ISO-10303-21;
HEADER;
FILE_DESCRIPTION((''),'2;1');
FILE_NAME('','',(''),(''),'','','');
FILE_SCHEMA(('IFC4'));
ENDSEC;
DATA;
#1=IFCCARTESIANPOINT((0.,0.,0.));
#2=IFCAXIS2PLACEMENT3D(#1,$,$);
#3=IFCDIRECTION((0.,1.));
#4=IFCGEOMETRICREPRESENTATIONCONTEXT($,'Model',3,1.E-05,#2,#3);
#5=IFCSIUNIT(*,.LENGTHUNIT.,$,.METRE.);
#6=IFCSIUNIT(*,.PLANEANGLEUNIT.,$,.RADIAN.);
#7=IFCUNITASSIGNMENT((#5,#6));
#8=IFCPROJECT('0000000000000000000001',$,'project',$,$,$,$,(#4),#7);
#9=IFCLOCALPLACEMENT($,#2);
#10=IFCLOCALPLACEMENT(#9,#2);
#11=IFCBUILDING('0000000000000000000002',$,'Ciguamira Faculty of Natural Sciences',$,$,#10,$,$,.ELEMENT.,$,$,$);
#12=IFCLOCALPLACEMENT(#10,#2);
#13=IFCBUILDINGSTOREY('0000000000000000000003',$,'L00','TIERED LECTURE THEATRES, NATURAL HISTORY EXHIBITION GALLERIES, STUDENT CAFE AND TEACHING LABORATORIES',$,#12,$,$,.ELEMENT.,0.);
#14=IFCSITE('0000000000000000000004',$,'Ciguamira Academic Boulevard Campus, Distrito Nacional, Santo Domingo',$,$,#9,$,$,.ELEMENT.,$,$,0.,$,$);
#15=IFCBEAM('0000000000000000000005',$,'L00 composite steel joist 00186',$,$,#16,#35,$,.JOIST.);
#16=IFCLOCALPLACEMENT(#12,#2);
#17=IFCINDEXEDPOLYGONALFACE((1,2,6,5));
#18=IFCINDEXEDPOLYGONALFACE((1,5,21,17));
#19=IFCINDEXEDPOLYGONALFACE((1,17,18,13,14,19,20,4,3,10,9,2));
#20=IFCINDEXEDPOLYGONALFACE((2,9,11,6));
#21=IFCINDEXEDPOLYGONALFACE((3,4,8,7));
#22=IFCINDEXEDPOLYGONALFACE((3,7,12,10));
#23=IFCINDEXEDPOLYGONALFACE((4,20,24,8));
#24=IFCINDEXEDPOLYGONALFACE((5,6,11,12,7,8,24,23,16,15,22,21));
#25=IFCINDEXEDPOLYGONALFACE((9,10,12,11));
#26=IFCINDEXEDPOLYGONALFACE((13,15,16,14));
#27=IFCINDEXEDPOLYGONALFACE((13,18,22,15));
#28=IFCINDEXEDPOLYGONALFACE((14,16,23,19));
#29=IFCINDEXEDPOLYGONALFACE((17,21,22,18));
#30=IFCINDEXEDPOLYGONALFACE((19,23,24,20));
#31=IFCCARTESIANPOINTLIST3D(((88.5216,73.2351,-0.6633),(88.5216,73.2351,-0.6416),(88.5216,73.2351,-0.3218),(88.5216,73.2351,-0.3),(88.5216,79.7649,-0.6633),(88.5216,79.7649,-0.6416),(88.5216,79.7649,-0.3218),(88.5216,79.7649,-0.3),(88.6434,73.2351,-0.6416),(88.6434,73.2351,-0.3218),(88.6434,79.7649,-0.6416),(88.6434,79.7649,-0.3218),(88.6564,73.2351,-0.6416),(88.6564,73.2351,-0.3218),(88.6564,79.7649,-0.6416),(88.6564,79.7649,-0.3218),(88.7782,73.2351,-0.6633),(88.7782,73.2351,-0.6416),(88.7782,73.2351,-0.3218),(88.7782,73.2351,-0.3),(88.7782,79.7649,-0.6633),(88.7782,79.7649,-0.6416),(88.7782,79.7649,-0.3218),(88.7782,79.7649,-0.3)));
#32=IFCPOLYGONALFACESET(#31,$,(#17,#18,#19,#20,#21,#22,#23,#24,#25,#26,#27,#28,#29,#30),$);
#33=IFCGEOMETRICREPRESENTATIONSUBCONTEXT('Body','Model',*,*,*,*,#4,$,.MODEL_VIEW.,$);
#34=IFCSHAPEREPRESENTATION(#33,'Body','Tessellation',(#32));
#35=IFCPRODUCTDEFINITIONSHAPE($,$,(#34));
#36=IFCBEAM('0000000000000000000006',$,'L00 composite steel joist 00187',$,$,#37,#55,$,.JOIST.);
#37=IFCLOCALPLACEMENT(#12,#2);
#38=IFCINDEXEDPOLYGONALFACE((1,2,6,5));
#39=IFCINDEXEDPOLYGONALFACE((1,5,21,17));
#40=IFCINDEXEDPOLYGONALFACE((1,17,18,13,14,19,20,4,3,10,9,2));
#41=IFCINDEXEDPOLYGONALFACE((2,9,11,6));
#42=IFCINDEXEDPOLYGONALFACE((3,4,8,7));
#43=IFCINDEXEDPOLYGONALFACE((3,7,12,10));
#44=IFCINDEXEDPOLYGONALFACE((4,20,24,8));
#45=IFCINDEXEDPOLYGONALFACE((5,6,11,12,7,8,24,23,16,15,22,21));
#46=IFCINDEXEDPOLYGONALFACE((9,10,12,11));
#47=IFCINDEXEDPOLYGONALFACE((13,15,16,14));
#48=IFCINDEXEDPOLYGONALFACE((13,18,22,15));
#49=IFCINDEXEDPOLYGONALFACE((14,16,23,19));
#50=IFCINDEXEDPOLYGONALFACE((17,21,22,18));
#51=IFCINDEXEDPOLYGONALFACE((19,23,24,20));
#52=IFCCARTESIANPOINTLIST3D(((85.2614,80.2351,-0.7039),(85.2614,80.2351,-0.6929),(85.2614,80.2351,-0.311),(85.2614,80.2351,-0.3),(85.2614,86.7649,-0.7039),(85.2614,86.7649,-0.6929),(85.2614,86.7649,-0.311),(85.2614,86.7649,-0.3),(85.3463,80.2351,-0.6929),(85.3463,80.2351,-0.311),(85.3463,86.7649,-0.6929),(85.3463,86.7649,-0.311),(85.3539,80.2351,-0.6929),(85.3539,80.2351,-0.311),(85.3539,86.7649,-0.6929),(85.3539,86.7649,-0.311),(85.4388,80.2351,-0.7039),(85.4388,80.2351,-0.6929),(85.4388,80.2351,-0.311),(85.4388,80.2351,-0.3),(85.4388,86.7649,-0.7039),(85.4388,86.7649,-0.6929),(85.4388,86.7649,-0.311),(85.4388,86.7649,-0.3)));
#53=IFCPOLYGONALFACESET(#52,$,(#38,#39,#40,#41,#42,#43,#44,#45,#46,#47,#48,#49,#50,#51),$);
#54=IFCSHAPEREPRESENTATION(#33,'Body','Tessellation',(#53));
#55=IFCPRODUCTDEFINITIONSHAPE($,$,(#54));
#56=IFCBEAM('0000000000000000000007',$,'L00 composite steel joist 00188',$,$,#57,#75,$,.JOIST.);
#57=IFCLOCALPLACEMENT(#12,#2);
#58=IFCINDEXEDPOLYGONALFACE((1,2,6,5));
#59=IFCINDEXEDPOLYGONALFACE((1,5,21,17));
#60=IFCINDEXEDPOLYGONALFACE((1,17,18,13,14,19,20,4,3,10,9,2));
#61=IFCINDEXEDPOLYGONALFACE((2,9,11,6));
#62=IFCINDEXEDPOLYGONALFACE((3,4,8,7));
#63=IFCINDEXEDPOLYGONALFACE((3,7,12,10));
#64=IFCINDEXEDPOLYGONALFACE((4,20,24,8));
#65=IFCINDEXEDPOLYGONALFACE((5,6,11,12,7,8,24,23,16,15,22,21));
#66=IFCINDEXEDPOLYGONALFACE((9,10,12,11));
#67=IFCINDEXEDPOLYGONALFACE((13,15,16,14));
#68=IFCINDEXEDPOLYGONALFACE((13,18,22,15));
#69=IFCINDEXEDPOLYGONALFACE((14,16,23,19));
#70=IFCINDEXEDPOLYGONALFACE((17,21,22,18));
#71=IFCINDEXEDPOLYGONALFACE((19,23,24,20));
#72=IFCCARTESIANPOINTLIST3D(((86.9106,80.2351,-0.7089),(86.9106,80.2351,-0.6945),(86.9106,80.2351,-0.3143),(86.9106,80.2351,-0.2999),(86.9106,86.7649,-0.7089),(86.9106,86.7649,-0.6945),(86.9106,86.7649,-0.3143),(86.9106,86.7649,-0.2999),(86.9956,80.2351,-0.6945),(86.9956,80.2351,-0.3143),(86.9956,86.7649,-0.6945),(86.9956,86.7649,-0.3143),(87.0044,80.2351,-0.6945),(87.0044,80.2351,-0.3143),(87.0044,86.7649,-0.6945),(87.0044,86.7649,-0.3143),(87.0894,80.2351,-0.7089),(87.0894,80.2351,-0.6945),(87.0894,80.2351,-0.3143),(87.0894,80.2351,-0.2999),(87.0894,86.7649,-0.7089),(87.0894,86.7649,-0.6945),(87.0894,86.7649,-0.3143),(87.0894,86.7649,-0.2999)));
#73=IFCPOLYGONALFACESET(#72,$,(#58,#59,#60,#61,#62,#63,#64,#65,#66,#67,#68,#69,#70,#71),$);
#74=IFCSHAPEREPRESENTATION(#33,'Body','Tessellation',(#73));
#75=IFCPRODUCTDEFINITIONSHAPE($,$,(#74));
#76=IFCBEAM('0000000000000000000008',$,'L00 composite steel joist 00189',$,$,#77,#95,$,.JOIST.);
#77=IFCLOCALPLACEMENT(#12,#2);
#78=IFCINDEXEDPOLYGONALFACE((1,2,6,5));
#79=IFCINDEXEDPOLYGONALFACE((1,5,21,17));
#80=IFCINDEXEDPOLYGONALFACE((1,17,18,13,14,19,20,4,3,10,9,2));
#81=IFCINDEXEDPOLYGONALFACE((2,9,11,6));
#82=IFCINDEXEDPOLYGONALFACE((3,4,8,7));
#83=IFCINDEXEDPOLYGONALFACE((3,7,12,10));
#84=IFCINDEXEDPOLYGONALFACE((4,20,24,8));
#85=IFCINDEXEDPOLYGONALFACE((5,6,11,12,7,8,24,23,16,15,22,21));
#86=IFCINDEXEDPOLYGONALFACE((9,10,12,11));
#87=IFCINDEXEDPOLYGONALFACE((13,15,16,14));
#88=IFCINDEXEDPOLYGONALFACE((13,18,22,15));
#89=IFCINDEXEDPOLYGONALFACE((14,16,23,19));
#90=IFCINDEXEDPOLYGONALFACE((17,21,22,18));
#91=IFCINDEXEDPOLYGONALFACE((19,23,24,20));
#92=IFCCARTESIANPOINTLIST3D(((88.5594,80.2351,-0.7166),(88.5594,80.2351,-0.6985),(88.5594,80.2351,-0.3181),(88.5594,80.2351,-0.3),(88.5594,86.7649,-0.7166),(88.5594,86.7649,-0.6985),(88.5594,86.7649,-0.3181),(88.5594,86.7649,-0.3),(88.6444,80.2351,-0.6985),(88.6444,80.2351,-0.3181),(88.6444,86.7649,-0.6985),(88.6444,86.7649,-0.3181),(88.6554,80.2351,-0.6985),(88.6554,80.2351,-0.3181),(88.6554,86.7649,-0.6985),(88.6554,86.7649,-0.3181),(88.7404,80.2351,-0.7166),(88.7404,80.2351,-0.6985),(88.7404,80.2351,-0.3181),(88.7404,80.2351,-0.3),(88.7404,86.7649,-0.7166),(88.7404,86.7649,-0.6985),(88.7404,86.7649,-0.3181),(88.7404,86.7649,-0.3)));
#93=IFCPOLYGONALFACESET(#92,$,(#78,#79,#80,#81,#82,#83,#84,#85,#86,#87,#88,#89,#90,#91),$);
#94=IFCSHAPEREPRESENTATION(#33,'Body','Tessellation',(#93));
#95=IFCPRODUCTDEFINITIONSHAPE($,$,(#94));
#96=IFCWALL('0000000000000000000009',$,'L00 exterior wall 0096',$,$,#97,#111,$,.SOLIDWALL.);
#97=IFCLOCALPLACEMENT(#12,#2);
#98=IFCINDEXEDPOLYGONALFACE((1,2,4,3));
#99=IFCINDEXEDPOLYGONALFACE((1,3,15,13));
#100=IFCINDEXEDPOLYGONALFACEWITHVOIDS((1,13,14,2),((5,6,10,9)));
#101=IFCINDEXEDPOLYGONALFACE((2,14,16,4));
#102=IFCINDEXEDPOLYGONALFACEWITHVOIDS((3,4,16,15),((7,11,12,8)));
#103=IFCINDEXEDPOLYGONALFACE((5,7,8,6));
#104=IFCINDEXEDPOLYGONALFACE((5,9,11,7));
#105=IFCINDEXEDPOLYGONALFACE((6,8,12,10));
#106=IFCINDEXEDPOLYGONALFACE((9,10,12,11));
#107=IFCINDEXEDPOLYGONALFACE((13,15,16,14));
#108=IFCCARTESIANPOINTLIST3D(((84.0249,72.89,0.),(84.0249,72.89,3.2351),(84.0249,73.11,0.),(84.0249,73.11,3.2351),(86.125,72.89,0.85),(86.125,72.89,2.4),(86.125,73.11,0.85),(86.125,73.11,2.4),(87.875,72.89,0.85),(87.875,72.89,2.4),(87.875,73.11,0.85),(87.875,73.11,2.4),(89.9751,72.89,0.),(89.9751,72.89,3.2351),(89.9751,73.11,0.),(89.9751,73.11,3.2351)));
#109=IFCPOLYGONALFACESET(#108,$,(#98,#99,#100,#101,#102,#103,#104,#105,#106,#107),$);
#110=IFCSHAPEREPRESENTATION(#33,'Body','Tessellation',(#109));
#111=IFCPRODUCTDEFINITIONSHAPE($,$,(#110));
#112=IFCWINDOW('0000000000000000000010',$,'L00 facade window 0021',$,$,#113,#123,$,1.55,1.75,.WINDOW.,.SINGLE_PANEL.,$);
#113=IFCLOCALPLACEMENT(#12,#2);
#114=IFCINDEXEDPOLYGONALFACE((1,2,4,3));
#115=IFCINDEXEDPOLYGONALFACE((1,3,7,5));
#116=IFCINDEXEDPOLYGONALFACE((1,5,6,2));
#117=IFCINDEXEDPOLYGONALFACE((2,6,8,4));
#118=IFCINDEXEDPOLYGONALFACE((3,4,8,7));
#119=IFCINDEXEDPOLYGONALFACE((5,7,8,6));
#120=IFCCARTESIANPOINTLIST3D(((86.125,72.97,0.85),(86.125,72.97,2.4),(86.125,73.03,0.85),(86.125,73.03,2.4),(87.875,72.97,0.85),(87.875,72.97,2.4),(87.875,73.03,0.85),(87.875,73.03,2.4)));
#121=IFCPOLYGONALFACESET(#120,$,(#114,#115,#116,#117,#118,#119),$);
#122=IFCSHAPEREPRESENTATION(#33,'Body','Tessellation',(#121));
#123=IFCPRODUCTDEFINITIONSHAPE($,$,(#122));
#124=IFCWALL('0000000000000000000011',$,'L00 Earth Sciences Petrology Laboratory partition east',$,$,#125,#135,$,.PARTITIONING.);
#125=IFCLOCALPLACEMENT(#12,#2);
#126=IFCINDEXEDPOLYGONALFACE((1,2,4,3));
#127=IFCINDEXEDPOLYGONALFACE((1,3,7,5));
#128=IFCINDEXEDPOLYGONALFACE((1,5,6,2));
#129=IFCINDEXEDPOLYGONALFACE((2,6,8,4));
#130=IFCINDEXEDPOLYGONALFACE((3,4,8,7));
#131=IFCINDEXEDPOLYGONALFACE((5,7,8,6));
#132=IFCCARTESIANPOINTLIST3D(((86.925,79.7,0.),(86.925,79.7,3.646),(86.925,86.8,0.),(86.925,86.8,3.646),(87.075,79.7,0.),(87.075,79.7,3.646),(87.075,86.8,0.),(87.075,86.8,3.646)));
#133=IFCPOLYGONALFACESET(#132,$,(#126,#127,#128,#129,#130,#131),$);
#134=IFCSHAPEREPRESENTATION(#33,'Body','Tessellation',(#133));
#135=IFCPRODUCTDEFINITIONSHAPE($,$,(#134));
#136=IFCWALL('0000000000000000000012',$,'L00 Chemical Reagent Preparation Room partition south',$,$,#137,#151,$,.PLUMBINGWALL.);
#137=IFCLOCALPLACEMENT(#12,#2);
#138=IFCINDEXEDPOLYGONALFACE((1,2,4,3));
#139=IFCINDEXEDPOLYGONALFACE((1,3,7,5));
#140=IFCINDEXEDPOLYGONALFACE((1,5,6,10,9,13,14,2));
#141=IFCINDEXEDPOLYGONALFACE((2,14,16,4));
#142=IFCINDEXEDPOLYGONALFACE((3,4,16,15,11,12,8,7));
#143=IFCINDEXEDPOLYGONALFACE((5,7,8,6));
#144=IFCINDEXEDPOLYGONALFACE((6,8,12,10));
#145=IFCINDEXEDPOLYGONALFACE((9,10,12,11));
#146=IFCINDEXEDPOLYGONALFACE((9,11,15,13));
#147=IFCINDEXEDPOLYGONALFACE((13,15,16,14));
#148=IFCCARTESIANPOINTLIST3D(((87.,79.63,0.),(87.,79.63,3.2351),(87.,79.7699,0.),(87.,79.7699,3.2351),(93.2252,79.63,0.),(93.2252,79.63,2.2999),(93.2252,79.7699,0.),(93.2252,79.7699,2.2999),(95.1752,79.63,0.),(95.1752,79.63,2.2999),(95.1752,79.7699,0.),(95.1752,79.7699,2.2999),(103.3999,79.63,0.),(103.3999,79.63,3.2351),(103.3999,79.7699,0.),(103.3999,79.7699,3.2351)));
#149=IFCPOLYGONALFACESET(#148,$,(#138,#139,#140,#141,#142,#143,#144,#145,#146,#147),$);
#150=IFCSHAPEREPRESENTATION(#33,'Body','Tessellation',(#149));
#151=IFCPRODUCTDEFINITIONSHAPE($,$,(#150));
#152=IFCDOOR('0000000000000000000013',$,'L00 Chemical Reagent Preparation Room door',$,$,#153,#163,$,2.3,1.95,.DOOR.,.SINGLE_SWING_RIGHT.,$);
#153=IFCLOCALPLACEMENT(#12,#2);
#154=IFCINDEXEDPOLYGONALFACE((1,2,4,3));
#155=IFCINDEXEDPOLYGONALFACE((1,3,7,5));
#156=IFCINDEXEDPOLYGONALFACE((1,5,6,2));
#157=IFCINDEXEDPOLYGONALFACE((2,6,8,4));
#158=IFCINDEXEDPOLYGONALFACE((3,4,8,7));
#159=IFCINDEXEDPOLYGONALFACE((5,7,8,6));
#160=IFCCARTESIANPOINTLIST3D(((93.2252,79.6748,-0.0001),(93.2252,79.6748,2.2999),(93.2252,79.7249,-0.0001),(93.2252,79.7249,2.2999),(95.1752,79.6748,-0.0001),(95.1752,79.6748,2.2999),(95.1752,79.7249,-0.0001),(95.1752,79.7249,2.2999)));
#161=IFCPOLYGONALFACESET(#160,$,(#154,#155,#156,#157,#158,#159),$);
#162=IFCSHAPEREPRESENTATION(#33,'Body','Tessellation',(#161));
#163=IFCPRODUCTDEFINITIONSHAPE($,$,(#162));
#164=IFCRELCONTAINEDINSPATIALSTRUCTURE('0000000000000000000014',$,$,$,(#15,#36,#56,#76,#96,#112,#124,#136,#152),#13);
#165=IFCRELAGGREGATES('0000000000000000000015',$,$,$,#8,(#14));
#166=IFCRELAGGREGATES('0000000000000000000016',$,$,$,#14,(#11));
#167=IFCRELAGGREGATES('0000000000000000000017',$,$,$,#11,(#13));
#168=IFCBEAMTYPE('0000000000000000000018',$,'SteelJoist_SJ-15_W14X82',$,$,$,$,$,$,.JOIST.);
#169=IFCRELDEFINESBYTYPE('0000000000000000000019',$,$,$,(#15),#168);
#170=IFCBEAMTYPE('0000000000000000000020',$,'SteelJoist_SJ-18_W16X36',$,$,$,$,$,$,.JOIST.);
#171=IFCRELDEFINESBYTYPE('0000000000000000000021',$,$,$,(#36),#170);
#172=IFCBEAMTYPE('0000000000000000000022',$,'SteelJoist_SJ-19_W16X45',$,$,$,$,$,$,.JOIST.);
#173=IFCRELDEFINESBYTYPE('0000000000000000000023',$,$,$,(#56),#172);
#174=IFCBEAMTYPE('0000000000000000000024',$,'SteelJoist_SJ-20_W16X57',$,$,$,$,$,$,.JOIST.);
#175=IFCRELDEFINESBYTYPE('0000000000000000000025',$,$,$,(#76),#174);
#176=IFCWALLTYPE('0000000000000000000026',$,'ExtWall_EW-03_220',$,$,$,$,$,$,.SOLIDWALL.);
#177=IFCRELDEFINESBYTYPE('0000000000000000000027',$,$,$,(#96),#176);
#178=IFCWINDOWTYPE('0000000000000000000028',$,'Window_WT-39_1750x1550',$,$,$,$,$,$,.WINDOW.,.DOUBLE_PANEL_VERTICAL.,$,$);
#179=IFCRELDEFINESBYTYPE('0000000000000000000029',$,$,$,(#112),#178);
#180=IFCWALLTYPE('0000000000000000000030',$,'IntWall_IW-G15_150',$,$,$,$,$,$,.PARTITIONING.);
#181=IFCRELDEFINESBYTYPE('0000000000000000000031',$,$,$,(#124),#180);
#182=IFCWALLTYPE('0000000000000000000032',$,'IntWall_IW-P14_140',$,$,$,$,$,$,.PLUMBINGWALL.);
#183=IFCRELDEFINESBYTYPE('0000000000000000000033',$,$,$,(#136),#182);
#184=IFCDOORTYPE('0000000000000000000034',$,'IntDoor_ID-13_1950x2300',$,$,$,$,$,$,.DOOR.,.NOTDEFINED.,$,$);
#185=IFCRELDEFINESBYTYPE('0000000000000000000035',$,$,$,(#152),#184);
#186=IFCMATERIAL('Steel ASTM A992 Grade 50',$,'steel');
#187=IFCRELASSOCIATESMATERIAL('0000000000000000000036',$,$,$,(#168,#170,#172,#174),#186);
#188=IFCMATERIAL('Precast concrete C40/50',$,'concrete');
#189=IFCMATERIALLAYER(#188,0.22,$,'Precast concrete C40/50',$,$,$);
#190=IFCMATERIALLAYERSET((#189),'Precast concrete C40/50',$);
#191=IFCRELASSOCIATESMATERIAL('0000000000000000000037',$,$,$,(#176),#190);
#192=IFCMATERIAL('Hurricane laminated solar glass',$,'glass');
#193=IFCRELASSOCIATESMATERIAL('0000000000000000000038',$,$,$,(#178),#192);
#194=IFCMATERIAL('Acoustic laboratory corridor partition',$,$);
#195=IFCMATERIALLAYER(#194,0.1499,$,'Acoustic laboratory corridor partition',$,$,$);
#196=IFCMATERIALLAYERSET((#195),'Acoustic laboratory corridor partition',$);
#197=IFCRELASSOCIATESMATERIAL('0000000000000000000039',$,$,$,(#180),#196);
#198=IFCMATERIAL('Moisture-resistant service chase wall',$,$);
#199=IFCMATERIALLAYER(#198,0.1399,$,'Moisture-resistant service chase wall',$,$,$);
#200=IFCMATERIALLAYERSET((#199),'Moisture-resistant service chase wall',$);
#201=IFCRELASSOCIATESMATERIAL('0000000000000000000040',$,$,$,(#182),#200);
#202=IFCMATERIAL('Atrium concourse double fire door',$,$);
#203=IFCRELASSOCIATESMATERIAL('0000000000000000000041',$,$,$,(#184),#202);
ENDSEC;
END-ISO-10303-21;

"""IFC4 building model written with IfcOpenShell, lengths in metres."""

from ifc_helpers import new_model, si_unit, direction, frame, frame_2d, origin, origin_2d, place, context, subcontext, project, spatial, rectangle, i_section, extrude, material, layer, layer_set, material_profile, profile_set, type_object, element, fill, save


model = new_model("IFC4")

# Units and contexts
model_context = context("Model", 3, precision=1e-05, world=origin(), true_north=direction((0.0, 1.0)))
body_context = subcontext(model_context, "Body", "Model", "MODEL_VIEW")
ifc_project = project(units=[si_unit("LENGTHUNIT", "METRE"), si_unit("PLANEANGLEUNIT", "RADIAN")], contexts=[model_context])

# Site, building, storey
site_placement = place(None, origin())
site = spatial("IfcSite", under=ifc_project, at=site_placement, Name="Ciguamira Academic Boulevard Campus, Distrito Nacional, Santo Domingo", CompositionType="ELEMENT", RefElevation=0.0)
building_placement = place(site_placement, origin())
building = spatial("IfcBuilding", under=site, at=building_placement, Name="Ciguamira Faculty of Natural Sciences", CompositionType="ELEMENT")
storey_placement = place(building_placement, origin())
storey = spatial("IfcBuildingStorey", under=building, at=storey_placement, Name="L00", Description="TIERED LECTURE THEATRES, NATURAL HISTORY EXHIBITION GALLERIES, STUDENT CAFE AND TEACHING LABORATORIES", CompositionType="ELEMENT", Elevation=0.0)

# Beams
ifc_material_1 = material(Name="Steel ASTM A992 Grade 50", Category="steel")
ifc_material_profile_1 = material_profile(ifc_material_1, i_section(OverallWidth=0.2566, OverallDepth=0.3633, WebThickness=0.0129, FlangeThickness=0.0217, at=origin_2d()), Name="W14X82")
ifc_profile_set_1 = profile_set([ifc_material_profile_1], Name="Steel ASTM A992 Grade 50")
beam_type_1 = type_object("IfcBeamType", Name="SteelJoist_SJ-15_W14X82", PredefinedType="JOIST", material=ifc_profile_set_1)
beam_1_placement = place(storey_placement, frame((88.6499, 73.2351, -0.4817), z_axis=(0.0, 1.0, 0.0), x_axis=(-1.0, 0.0, 0.0)))
element("IfcBeam", 1, at=beam_1_placement, inside=storey, type_object=beam_type_1, Name="L00 composite steel joist 00186", PredefinedType="JOIST", context=body_context, shape_type="SweptSolid", body=[
    extrude(i_section(OverallWidth=0.2566, OverallDepth=0.3633, WebThickness=0.0129, FlangeThickness=0.0217, at=origin_2d()), origin(), (0.0, 0.0, 1.0), 6.5298),
])
ifc_material_profile_2 = material_profile(ifc_material_1, i_section(OverallWidth=0.1775, OverallDepth=0.4038, WebThickness=0.0076, FlangeThickness=0.011, at=origin_2d()), Name="W16X36")
ifc_profile_set_2 = profile_set([ifc_material_profile_2], Name="Steel ASTM A992 Grade 50")
beam_type_2 = type_object("IfcBeamType", Name="SteelJoist_SJ-18_W16X36", PredefinedType="JOIST", material=ifc_profile_set_2)
beam_2_placement = place(storey_placement, frame((85.3501, 80.2351, -0.502), z_axis=(0.0, 1.0, 0.0), x_axis=(-1.0, 0.0, 0.0)))
element("IfcBeam", 2, at=beam_2_placement, inside=storey, type_object=beam_type_2, Name="L00 composite steel joist 00187", PredefinedType="JOIST", context=body_context, shape_type="SweptSolid", body=[
    extrude(i_section(OverallWidth=0.1775, OverallDepth=0.4038, WebThickness=0.0076, FlangeThickness=0.011, at=origin_2d()), origin(), (0.0, 0.0, 1.0), 6.5298),
])
ifc_material_profile_3 = material_profile(ifc_material_1, i_section(OverallWidth=0.1787, OverallDepth=0.4089, WebThickness=0.0088, FlangeThickness=0.0144, at=origin_2d()), Name="W16X45")
ifc_profile_set_3 = profile_set([ifc_material_profile_3], Name="Steel ASTM A992 Grade 50")
beam_type_3 = type_object("IfcBeamType", Name="SteelJoist_SJ-19_W16X45", PredefinedType="JOIST", material=ifc_profile_set_3)
beam_3_placement = place(storey_placement, frame((87.0, 80.2351, -0.5044), z_axis=(0.0, 1.0, 0.0), x_axis=(-1.0, 0.0, 0.0)))
element("IfcBeam", 3, at=beam_3_placement, inside=storey, type_object=beam_type_3, Name="L00 composite steel joist 00188", PredefinedType="JOIST", context=body_context, shape_type="SweptSolid", body=[
    extrude(i_section(OverallWidth=0.1787, OverallDepth=0.4089, WebThickness=0.0088, FlangeThickness=0.0144, at=origin_2d()), origin(), (0.0, 0.0, 1.0), 6.5298),
])
ifc_material_profile_4 = material_profile(ifc_material_1, i_section(OverallWidth=0.1809, OverallDepth=0.4165, WebThickness=0.011, FlangeThickness=0.0181, at=origin_2d()), Name="W16X57")
ifc_profile_set_4 = profile_set([ifc_material_profile_4], Name="Steel ASTM A992 Grade 50")
beam_type_4 = type_object("IfcBeamType", Name="SteelJoist_SJ-20_W16X57", PredefinedType="JOIST", material=ifc_profile_set_4)
beam_4_placement = place(storey_placement, frame((88.6499, 80.2351, -0.5083), z_axis=(0.0, 1.0, 0.0), x_axis=(-1.0, 0.0, 0.0)))
element("IfcBeam", 4, at=beam_4_placement, inside=storey, type_object=beam_type_4, Name="L00 composite steel joist 00189", PredefinedType="JOIST", context=body_context, shape_type="SweptSolid", body=[
    extrude(i_section(OverallWidth=0.1809, OverallDepth=0.4165, WebThickness=0.011, FlangeThickness=0.0181, at=origin_2d()), origin(), (0.0, 0.0, 1.0), 6.5298),
])

# Wall, opening, window
ifc_material_2 = material(Name="Precast concrete C40/50", Category="concrete")
ifc_layer_1 = layer(ifc_material_2, 0.22, Name="Precast concrete C40/50")
ifc_layer_set_1 = layer_set([ifc_layer_1], Name="Precast concrete C40/50")
wall_type_1 = type_object("IfcWallType", Name="ExtWall_EW-03_220", PredefinedType="SOLIDWALL", material=ifc_layer_set_1)
wall_1_placement = place(storey_placement, frame((84.0249, 73.0, 0.0), z_axis=(0.0, 0.0, 1.0), x_axis=(1.0, 0.0, 0.0)))
wall_1 = element("IfcWall", 5, at=wall_1_placement, inside=storey, type_object=wall_type_1, Name="L00 exterior wall 0096", PredefinedType="SOLIDWALL", context=body_context, shape_type="SweptSolid", body=[
    extrude(rectangle(XDim=5.9502, YDim=0.22, at=frame_2d((2.9751, 0.0))), origin(), (0.0, 0.0, 1.0), 3.2351),
])
opening_1_placement = place(wall_1_placement, frame((2.1001, 0.0, 0.8501)))
opening_1 = element("IfcOpeningElement", 6, at=opening_1_placement, cuts=wall_1, PredefinedType="OPENING", context=body_context, shape_type="SweptSolid", body=[
    extrude(rectangle(XDim=1.75, YDim=1.55, at=frame_2d((0.875, 0.7749))), frame((0.0, 0.1199, 0.0), z_axis=(0.0, -1.0, 0.0), x_axis=(1.0, 0.0, 0.0)), (0.0, 0.0, 1.0), 0.24),
])
ifc_material_3 = material(Name="Hurricane laminated solar glass", Category="glass")
window_type = type_object("IfcWindowType", Name="Window_WT-39_1750x1550", PartitioningType="DOUBLE_PANEL_VERTICAL", PredefinedType="WINDOW", material=ifc_material_3)
window_placement = place(opening_1_placement, origin())
window = element("IfcWindow", 7, at=window_placement, inside=storey, type_object=window_type, Name="L00 facade window 0021", OverallHeight=1.55, OverallWidth=1.75, PartitioningType="SINGLE_PANEL", PredefinedType="WINDOW", context=body_context, shape_type="SweptSolid", body=[
    extrude(rectangle(XDim=1.75, YDim=1.55, at=frame_2d((0.875, 0.7749))), frame((0.0, 0.03, 0.0), z_axis=(0.0, -1.0, 0.0), x_axis=(1.0, 0.0, 0.0)), (0.0, 0.0, 1.0), 0.0601),
])
fill(opening_1, window)

# Wall
ifc_material_4 = material(Name="Acoustic laboratory corridor partition")
ifc_layer_2 = layer(ifc_material_4, 0.1499, Name="Acoustic laboratory corridor partition")
ifc_layer_set_2 = layer_set([ifc_layer_2], Name="Acoustic laboratory corridor partition")
wall_type_2 = type_object("IfcWallType", Name="IntWall_IW-G15_150", PredefinedType="PARTITIONING", material=ifc_layer_set_2)
wall_2_placement = place(storey_placement, frame((87.0, 79.7, 0.0), z_axis=(0.0, 0.0, 1.0), x_axis=(0.0, 1.0, 0.0)))
element("IfcWall", 8, at=wall_2_placement, inside=storey, type_object=wall_type_2, Name="L00 Earth Sciences Petrology Laboratory partition east", PredefinedType="PARTITIONING", context=body_context, shape_type="SweptSolid", body=[
    extrude(rectangle(XDim=7.1001, YDim=0.1499, at=frame_2d((3.55, 0.0))), origin(), (0.0, 0.0, 1.0), 3.646),
])

# Wall, opening, door
ifc_material_5 = material(Name="Moisture-resistant service chase wall")
ifc_layer_3 = layer(ifc_material_5, 0.1399, Name="Moisture-resistant service chase wall")
ifc_layer_set_3 = layer_set([ifc_layer_3], Name="Moisture-resistant service chase wall")
wall_type_3 = type_object("IfcWallType", Name="IntWall_IW-P14_140", PredefinedType="PLUMBINGWALL", material=ifc_layer_set_3)
wall_3_placement = place(storey_placement, frame((87.0, 79.7, 0.0), z_axis=(0.0, 0.0, 1.0), x_axis=(1.0, 0.0, 0.0)))
wall_3 = element("IfcWall", 9, at=wall_3_placement, inside=storey, type_object=wall_type_3, Name="L00 Chemical Reagent Preparation Room partition south", PredefinedType="PLUMBINGWALL", context=body_context, shape_type="SweptSolid", body=[
    extrude(rectangle(XDim=16.3999, YDim=0.1399, at=frame_2d((8.2, 0.0))), origin(), (0.0, 0.0, 1.0), 3.2351),
])
opening_2_placement = place(wall_3_placement, frame((6.2251, 0.0, 0.0)))
opening_2 = element("IfcOpeningElement", 10, at=opening_2_placement, cuts=wall_3, PredefinedType="OPENING", context=body_context, shape_type="SweptSolid", body=[
    extrude(rectangle(XDim=1.95, YDim=2.3, at=frame_2d((0.9751, 1.1499))), frame((0.0, 0.0798, 0.0), z_axis=(0.0, -1.0, 0.0), x_axis=(1.0, 0.0, 0.0)), (0.0, 0.0, 1.0), 0.1599),
])
ifc_material_6 = material(Name="Atrium concourse double fire door")
door_type = type_object("IfcDoorType", Name="IntDoor_ID-13_1950x2300", OperationType="NOTDEFINED", PredefinedType="DOOR", material=ifc_material_6)
door_placement = place(opening_2_placement, origin())
door = element("IfcDoor", 11, at=door_placement, inside=storey, type_object=door_type, Name="L00 Chemical Reagent Preparation Room door", OperationType="SINGLE_SWING_RIGHT", OverallHeight=2.3, OverallWidth=1.95, PredefinedType="DOOR", context=body_context, shape_type="SweptSolid", body=[
    extrude(rectangle(XDim=1.95, YDim=2.3, at=frame_2d((0.9751, 1.1499))), frame((0.0, 0.0249, 0.0), z_axis=(0.0, -1.0, 0.0), x_axis=(1.0, 0.0, 0.0)), (0.0, 0.0, 1.0), 0.05),
])
fill(opening_2, door)

save(model, "model.ifc")
